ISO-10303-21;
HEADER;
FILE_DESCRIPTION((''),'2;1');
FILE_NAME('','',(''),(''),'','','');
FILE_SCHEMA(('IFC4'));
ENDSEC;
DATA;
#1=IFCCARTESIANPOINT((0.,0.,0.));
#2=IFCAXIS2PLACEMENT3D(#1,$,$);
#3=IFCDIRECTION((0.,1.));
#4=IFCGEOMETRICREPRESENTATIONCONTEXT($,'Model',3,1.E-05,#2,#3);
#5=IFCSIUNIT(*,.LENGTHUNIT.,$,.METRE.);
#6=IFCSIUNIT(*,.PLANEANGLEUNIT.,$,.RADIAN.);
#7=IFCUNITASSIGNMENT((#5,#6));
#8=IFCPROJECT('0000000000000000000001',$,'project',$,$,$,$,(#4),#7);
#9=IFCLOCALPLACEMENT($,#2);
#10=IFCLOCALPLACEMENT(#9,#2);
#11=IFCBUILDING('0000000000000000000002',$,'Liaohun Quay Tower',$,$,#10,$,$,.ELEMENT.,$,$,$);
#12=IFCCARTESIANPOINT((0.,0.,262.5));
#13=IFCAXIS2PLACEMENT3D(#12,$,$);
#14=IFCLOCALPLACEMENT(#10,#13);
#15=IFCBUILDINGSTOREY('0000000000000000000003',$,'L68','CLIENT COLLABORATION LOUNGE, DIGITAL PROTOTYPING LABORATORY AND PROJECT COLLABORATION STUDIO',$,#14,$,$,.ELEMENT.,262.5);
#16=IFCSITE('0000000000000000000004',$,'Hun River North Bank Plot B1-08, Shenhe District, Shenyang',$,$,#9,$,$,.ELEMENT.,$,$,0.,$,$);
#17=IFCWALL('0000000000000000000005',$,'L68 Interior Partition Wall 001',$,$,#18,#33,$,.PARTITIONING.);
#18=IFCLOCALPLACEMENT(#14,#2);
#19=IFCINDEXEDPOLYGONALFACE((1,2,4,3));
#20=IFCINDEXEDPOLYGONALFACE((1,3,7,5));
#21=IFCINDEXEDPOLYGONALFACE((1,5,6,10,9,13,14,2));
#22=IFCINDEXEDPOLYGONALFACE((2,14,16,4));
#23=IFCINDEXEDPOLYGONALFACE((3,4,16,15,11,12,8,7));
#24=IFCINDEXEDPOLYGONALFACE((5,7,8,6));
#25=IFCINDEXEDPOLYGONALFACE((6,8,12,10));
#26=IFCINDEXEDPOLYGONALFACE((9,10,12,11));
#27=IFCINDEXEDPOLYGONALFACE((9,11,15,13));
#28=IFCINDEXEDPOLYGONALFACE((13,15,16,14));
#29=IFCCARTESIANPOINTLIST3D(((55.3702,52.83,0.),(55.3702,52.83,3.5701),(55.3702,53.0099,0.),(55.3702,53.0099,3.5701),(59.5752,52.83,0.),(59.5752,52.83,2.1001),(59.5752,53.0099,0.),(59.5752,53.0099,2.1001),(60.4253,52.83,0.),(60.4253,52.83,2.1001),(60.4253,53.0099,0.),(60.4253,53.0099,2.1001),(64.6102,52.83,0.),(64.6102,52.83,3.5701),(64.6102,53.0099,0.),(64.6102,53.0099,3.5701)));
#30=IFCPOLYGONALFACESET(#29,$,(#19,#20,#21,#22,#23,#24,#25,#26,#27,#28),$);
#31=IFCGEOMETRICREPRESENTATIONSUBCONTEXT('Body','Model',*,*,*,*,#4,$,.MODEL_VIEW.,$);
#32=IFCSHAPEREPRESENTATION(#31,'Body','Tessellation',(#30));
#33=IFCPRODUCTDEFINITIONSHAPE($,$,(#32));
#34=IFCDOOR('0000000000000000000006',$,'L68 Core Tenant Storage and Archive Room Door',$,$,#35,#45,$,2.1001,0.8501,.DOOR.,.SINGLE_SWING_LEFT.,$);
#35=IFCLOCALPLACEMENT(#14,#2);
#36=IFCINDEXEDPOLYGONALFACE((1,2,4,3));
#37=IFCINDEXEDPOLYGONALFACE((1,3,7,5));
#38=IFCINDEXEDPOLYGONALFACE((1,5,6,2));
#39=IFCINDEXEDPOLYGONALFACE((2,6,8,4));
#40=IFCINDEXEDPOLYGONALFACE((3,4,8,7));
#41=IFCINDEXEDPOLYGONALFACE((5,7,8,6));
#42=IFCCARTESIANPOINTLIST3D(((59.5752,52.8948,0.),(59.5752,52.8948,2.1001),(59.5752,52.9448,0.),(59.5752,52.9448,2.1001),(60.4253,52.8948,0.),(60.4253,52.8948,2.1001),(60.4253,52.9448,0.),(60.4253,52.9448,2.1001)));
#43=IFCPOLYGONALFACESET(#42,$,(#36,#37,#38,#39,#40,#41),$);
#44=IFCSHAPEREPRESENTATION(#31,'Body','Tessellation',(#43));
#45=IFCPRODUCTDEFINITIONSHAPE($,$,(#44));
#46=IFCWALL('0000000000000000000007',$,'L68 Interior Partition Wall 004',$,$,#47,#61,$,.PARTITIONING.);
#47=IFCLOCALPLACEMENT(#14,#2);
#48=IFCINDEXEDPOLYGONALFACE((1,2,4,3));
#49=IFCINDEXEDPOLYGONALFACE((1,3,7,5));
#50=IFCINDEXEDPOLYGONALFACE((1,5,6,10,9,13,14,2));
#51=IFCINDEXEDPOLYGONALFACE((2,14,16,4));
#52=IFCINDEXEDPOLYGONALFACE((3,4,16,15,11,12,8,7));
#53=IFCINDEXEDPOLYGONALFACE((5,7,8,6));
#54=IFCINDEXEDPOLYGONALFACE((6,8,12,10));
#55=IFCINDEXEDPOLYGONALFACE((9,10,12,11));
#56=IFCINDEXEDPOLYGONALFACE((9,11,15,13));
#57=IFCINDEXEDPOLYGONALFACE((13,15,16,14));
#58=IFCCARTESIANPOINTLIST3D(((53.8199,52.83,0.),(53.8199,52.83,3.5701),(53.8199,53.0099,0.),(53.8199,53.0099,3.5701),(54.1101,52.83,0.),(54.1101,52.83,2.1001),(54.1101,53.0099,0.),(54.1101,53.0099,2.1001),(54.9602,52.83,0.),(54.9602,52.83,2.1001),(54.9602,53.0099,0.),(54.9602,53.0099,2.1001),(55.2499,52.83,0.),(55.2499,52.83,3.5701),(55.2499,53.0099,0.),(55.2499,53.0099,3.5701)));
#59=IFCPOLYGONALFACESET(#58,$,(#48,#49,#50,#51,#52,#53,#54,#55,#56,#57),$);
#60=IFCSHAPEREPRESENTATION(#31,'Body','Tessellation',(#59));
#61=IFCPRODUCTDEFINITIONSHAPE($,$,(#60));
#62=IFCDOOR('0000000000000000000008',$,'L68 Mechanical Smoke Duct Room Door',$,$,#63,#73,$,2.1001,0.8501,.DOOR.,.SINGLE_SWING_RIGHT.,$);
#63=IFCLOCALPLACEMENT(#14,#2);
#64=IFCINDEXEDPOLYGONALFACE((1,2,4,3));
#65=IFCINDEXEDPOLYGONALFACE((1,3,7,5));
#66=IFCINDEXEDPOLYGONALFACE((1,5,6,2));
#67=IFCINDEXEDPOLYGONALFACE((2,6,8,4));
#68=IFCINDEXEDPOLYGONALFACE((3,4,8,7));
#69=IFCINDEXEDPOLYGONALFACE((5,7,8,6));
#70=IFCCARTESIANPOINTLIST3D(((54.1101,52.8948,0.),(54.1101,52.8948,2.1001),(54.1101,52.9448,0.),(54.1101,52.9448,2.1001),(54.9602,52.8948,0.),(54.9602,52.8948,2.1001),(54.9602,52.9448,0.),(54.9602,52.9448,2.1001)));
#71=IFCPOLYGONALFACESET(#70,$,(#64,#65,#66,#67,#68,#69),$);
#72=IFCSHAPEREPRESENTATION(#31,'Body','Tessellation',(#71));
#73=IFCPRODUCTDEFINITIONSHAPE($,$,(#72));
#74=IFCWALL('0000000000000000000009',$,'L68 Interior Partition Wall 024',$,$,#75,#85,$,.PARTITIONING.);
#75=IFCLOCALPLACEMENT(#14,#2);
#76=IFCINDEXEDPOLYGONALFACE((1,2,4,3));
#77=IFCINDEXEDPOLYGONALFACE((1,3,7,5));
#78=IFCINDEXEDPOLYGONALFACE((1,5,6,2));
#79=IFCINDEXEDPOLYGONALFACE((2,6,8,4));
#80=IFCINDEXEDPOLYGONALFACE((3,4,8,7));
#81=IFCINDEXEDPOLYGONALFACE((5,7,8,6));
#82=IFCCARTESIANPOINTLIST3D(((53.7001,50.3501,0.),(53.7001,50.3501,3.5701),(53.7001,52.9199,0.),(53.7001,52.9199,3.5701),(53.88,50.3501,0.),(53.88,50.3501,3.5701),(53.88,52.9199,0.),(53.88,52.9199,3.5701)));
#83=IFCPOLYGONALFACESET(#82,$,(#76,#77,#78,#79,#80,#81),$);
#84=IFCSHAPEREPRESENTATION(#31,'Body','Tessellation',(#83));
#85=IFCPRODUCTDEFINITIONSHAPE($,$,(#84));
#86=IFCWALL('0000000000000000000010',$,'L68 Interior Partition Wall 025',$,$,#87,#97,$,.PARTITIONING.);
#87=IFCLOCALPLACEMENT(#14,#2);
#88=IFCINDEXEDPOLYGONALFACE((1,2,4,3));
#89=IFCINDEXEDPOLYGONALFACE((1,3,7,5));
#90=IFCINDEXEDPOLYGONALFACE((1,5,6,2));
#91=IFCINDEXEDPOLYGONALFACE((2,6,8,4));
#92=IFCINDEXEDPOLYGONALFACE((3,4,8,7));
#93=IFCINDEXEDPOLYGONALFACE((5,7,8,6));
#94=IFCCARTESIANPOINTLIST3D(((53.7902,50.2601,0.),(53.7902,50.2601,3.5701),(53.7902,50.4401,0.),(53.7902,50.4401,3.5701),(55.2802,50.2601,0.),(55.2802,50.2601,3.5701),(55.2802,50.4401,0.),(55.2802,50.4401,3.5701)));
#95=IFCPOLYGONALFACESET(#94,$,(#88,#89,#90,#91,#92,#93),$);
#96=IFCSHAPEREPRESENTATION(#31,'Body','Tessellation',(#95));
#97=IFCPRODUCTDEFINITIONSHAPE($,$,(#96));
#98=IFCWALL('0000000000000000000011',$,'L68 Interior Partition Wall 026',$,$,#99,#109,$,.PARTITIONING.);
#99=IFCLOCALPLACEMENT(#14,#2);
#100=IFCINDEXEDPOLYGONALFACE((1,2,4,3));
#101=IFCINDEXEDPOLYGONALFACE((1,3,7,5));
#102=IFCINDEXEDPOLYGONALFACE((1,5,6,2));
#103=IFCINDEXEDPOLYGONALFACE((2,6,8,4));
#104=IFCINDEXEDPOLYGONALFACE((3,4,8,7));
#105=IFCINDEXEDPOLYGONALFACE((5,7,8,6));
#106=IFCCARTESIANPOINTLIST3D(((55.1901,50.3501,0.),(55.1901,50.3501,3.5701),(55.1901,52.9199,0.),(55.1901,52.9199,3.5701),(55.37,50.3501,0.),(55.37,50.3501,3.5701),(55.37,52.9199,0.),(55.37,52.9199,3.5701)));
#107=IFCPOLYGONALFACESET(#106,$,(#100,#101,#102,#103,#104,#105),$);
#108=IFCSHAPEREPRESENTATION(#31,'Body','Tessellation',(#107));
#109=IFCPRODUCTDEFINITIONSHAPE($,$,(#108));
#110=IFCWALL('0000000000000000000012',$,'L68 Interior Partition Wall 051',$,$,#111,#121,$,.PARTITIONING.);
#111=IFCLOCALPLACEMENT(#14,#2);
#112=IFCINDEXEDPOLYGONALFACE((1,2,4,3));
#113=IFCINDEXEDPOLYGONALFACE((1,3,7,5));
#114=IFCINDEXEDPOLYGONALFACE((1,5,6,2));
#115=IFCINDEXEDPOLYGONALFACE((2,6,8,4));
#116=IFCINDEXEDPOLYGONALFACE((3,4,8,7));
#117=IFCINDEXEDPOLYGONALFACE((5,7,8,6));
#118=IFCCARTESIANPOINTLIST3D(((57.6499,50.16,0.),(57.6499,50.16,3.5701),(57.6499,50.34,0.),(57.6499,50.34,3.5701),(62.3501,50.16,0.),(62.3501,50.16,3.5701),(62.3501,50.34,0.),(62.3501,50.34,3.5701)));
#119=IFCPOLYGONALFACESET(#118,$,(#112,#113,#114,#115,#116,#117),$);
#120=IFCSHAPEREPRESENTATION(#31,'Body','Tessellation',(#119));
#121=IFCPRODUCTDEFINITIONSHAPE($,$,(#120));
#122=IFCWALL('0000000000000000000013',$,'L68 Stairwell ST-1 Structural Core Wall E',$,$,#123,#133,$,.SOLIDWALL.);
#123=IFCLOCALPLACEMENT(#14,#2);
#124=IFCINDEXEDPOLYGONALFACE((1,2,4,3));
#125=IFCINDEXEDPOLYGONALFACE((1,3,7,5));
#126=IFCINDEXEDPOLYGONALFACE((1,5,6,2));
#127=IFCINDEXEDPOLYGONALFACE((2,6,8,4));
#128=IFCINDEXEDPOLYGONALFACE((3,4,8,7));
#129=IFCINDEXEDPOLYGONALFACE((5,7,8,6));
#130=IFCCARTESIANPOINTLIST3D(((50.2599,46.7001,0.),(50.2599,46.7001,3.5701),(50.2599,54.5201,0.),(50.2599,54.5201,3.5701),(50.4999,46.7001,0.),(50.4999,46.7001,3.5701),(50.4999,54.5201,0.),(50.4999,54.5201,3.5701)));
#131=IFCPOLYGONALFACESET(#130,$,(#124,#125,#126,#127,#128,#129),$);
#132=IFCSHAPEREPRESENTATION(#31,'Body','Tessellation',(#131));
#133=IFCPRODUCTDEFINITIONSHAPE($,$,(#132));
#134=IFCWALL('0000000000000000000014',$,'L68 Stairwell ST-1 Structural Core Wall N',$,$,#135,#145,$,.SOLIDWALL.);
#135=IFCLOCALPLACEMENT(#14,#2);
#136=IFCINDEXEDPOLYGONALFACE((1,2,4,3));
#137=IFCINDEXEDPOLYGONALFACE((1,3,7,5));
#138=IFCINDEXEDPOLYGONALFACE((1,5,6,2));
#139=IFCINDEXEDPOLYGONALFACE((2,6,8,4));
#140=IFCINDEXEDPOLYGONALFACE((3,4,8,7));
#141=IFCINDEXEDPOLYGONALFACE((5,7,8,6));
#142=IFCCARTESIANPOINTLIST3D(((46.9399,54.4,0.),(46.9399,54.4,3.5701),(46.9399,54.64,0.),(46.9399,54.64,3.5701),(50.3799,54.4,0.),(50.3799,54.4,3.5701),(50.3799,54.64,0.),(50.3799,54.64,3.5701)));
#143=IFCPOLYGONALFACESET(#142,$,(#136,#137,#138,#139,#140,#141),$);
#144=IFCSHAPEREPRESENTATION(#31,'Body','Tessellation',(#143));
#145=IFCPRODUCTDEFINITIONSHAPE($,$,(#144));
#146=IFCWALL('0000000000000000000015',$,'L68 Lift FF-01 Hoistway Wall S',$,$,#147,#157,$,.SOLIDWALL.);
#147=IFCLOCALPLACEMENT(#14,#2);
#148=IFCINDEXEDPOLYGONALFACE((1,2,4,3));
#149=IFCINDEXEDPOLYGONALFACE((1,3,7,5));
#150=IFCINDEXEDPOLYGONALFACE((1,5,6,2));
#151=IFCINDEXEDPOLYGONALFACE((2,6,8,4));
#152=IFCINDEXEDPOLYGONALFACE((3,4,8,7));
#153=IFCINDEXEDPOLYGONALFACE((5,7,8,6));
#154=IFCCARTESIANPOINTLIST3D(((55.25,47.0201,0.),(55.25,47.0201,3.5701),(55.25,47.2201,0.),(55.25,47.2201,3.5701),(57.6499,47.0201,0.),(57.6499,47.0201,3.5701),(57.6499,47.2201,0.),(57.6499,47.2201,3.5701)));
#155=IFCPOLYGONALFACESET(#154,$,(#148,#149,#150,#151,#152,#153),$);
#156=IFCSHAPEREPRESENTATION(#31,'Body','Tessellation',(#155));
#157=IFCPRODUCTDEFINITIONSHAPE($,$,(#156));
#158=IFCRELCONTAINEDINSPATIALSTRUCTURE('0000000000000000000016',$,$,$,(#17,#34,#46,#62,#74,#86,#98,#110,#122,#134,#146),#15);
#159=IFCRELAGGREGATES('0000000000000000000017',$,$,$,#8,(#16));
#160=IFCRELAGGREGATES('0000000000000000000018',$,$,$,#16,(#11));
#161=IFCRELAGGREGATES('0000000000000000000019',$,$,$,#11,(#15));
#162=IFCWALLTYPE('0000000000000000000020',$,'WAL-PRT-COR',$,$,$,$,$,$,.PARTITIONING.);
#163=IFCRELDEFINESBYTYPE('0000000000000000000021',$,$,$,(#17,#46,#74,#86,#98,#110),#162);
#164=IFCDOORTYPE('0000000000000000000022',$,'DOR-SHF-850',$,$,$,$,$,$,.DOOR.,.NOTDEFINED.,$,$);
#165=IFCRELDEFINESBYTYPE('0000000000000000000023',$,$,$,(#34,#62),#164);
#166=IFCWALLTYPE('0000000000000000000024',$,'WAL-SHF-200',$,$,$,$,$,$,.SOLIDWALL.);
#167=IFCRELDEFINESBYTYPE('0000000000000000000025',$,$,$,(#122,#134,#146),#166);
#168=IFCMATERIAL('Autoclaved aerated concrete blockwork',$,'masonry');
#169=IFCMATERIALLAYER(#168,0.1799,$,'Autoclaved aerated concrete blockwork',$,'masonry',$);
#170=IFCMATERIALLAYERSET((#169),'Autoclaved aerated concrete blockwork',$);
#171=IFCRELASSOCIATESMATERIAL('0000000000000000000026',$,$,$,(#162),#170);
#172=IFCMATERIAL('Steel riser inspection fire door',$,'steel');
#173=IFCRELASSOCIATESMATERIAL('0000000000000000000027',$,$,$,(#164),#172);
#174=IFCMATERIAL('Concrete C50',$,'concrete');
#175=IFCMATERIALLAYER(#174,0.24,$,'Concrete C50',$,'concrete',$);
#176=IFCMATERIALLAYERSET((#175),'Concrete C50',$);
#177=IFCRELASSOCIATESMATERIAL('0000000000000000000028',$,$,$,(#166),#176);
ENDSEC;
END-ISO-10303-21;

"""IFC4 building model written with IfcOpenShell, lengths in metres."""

from ifc_helpers import new_model, si_unit, direction, frame, frame_2d, origin, place, context, subcontext, project, spatial, rectangle, extrude, source, transform, mapped, material, layer, layer_set, type_object, element, fill, save


model = new_model("IFC4")

# Units and contexts
model_context = context("Model", 3, precision=1e-05, world=origin(), true_north=direction((0.0, 1.0)))
body_context = subcontext(model_context, "Body", "Model", "MODEL_VIEW")
ifc_project = project(units=[si_unit("LENGTHUNIT", "METRE"), si_unit("PLANEANGLEUNIT", "RADIAN")], contexts=[model_context])

# Site, building, storey
site_placement = place(None, origin())
site = spatial("IfcSite", under=ifc_project, at=site_placement, Name="Hun River North Bank Plot B1-08, Shenhe District, Shenyang", CompositionType="ELEMENT", RefElevation=0.0)
building_placement = place(site_placement, origin())
building = spatial("IfcBuilding", under=site, at=building_placement, Name="Liaohun Quay Tower", CompositionType="ELEMENT")
storey_placement = place(building_placement, frame((0.0, 0.0, 262.5)))
storey = spatial("IfcBuildingStorey", under=building, at=storey_placement, Name="L68", Description="CLIENT COLLABORATION LOUNGE, DIGITAL PROTOTYPING LABORATORY AND PROJECT COLLABORATION STUDIO", CompositionType="ELEMENT", Elevation=262.5)

# Shared definitions
ifc_material_1 = material(Name="Concrete C50", Category="concrete")

# Walls, openings, doors
ifc_material_2 = material(Name="Autoclaved aerated concrete blockwork", Category="masonry")
ifc_layer_1 = layer(ifc_material_2, 0.1799, Name="Autoclaved aerated concrete blockwork", Category="masonry")
ifc_layer_set_1 = layer_set([ifc_layer_1], Name="Autoclaved aerated concrete blockwork")
wall_type_1 = type_object("IfcWallType", Name="WAL-PRT-COR", PredefinedType="PARTITIONING", material=ifc_layer_set_1)
wall_1_placement = place(storey_placement, frame((55.3701, 52.9199, 0.0), z_axis=(0.0, 0.0, 1.0), x_axis=(1.0, 0.0, 0.0)))
wall_1 = element("IfcWall", 1, at=wall_1_placement, inside=storey, type_object=wall_type_1, Name="L68 Interior Partition Wall 001", PredefinedType="PARTITIONING", context=body_context, shape_type="SweptSolid", body=[
    extrude(rectangle(XDim=9.24, YDim=0.1799, at=frame_2d((4.6201, 0.0))), origin(), (0.0, 0.0, 1.0), 3.5701),
])
shared_shape_1 = source(origin(), body_context, "Body", "SweptSolid", [
    extrude(rectangle(XDim=0.8501, YDim=2.1001, at=frame_2d((0.425, 1.05))), frame((0.0, 0.0999, 0.0), z_axis=(0.0, -1.0, 0.0), x_axis=(1.0, 0.0, 0.0)), (0.0, 0.0, 1.0), 0.2),
])
opening_1_placement = place(wall_1_placement, frame((4.2051, 0.0, 0.0)))
opening_1 = element("IfcOpeningElement", 2, at=opening_1_placement, cuts=wall_1, PredefinedType="OPENING", context=body_context, shape_type="MappedRepresentation", body=[
    mapped(shared_shape_1, transform((0.0, 0.0, 0.0), x_axis=(1.0, 0.0, 0.0), y_axis=(0.0, 1.0, 0.0), z_axis=(0.0, 0.0, 1.0), scale=1.0)),
])
ifc_material_3 = material(Name="Steel riser inspection fire door", Category="steel")
door_type_1 = type_object("IfcDoorType", Name="DOR-SHF-850", OperationType="NOTDEFINED", PredefinedType="DOOR", material=ifc_material_3)
shared_shape_2 = source(origin(), body_context, "Body", "SweptSolid", [
    extrude(rectangle(XDim=0.8501, YDim=2.1001, at=frame_2d((0.425, 1.05))), frame((0.0, 0.0249, 0.0), z_axis=(0.0, -1.0, 0.0), x_axis=(1.0, 0.0, 0.0)), (0.0, 0.0, 1.0), 0.05),
])
door_1_placement = place(opening_1_placement, origin())
door_1 = element("IfcDoor", 3, at=door_1_placement, inside=storey, type_object=door_type_1, Name="L68 Core Tenant Storage and Archive Room Door", OperationType="SINGLE_SWING_LEFT", OverallHeight=2.1001, OverallWidth=0.8501, PredefinedType="DOOR", context=body_context, shape_type="MappedRepresentation", body=[
    mapped(shared_shape_2, transform((0.0, 0.0, 0.0), x_axis=(1.0, 0.0, 0.0), y_axis=(0.0, 1.0, 0.0), z_axis=(0.0, 0.0, 1.0), scale=1.0)),
])
fill(opening_1, door_1)
wall_2_placement = place(storey_placement, frame((53.8201, 52.9199, 0.0), z_axis=(0.0, 0.0, 1.0), x_axis=(1.0, 0.0, 0.0)))
wall_2 = element("IfcWall", 4, at=wall_2_placement, inside=storey, type_object=wall_type_1, Name="L68 Interior Partition Wall 004", PredefinedType="PARTITIONING", context=body_context, shape_type="SweptSolid", body=[
    extrude(rectangle(XDim=1.4299, YDim=0.1799, at=frame_2d((0.7148, 0.0))), origin(), (0.0, 0.0, 1.0), 3.5701),
])
opening_2_placement = place(wall_2_placement, frame((0.29, 0.0, 0.0)))
opening_2 = element("IfcOpeningElement", 5, at=opening_2_placement, cuts=wall_2, PredefinedType="OPENING", context=body_context, shape_type="MappedRepresentation", body=[
    mapped(shared_shape_1, transform((0.0, 0.0, 0.0), x_axis=(1.0, 0.0, 0.0), y_axis=(0.0, 1.0, 0.0), z_axis=(0.0, 0.0, 1.0), scale=1.0)),
])
door_2_placement = place(opening_2_placement, origin())
door_2 = element("IfcDoor", 6, at=door_2_placement, inside=storey, type_object=door_type_1, Name="L68 Mechanical Smoke Duct Room Door", OperationType="SINGLE_SWING_RIGHT", OverallHeight=2.1001, OverallWidth=0.8501, PredefinedType="DOOR", context=body_context, shape_type="MappedRepresentation", body=[
    mapped(shared_shape_2, transform((0.0, 0.0, 0.0), x_axis=(1.0, 0.0, 0.0), y_axis=(0.0, 1.0, 0.0), z_axis=(0.0, 0.0, 1.0), scale=1.0)),
])
fill(opening_2, door_2)

# Walls
wall_3_placement = place(storey_placement, frame((53.79, 50.3501, 0.0), z_axis=(0.0, 0.0, 1.0), x_axis=(0.0, 1.0, 0.0)))
element("IfcWall", 7, at=wall_3_placement, inside=storey, type_object=wall_type_1, Name="L68 Interior Partition Wall 024", PredefinedType="PARTITIONING", context=body_context, shape_type="SweptSolid", body=[
    extrude(rectangle(XDim=2.5698, YDim=0.1799, at=frame_2d((1.2849, 0.0))), origin(), (0.0, 0.0, 1.0), 3.5701),
])
wall_4_placement = place(storey_placement, frame((53.79, 50.3501, 0.0), z_axis=(0.0, 0.0, 1.0), x_axis=(1.0, 0.0, 0.0)))
element("IfcWall", 8, at=wall_4_placement, inside=storey, type_object=wall_type_1, Name="L68 Interior Partition Wall 025", PredefinedType="PARTITIONING", context=body_context, shape_type="SweptSolid", body=[
    extrude(rectangle(XDim=1.49, YDim=0.1799, at=frame_2d((0.7451, 0.0))), origin(), (0.0, 0.0, 1.0), 3.5701),
])
wall_5_placement = place(storey_placement, frame((55.28, 50.3501, 0.0), z_axis=(0.0, 0.0, 1.0), x_axis=(0.0, 1.0, 0.0)))
element("IfcWall", 9, at=wall_5_placement, inside=storey, type_object=wall_type_1, Name="L68 Interior Partition Wall 026", PredefinedType="PARTITIONING", context=body_context, shape_type="SweptSolid", body=[
    extrude(rectangle(XDim=2.5698, YDim=0.1799, at=frame_2d((1.2849, 0.0))), origin(), (0.0, 0.0, 1.0), 3.5701),
])
wall_6_placement = place(storey_placement, frame((57.6499, 50.25, 0.0), z_axis=(0.0, 0.0, 1.0), x_axis=(1.0, 0.0, 0.0)))
element("IfcWall", 10, at=wall_6_placement, inside=storey, type_object=wall_type_1, Name="L68 Interior Partition Wall 051", PredefinedType="PARTITIONING", context=body_context, shape_type="SweptSolid", body=[
    extrude(rectangle(XDim=4.7002, YDim=0.1799, at=frame_2d((2.3501, 0.0))), origin(), (0.0, 0.0, 1.0), 3.5701),
])
ifc_layer_2 = layer(ifc_material_1, 0.24, Name="Concrete C50", Category="concrete")
ifc_layer_set_2 = layer_set([ifc_layer_2], Name="Concrete C50")
wall_type_2 = type_object("IfcWallType", Name="WAL-SHF-200", PredefinedType="SOLIDWALL", material=ifc_layer_set_2)
wall_7_placement = place(storey_placement, frame((50.3799, 46.7, 0.0), z_axis=(0.0, 0.0, 1.0), x_axis=(0.0, 1.0, 0.0)))
element("IfcWall", 11, at=wall_7_placement, inside=storey, type_object=wall_type_2, Name="L68 Stairwell ST-1 Structural Core Wall E", PredefinedType="SOLIDWALL", context=body_context, shape_type="SweptSolid", body=[
    extrude(rectangle(XDim=7.8201, YDim=0.24, at=frame_2d((3.9102, 0.0))), origin(), (0.0, 0.0, 1.0), 3.5701),
])
wall_8_placement = place(storey_placement, frame((50.3799, 54.52, 0.0), z_axis=(0.0, 0.0, 1.0), x_axis=(-1.0, 0.0, 0.0)))
element("IfcWall", 12, at=wall_8_placement, inside=storey, type_object=wall_type_2, Name="L68 Stairwell ST-1 Structural Core Wall N", PredefinedType="SOLIDWALL", context=body_context, shape_type="SweptSolid", body=[
    extrude(rectangle(XDim=3.4399, YDim=0.24, at=frame_2d((1.72, 0.0))), origin(), (0.0, 0.0, 1.0), 3.5701),
])
wall_9_placement = place(storey_placement, frame((55.25, 47.1201, 0.0), z_axis=(0.0, 0.0, 1.0), x_axis=(1.0, 0.0, 0.0)))
element("IfcWall", 13, at=wall_9_placement, inside=storey, type_object=wall_type_2, Name="L68 Lift FF-01 Hoistway Wall S", PredefinedType="SOLIDWALL", context=body_context, shape_type="SweptSolid", body=[
    extrude(rectangle(XDim=2.3999, YDim=0.2, at=frame_2d((1.2, 0.0))), origin(), (0.0, 0.0, 1.0), 3.5701),
])

save(model, "model.ifc")
